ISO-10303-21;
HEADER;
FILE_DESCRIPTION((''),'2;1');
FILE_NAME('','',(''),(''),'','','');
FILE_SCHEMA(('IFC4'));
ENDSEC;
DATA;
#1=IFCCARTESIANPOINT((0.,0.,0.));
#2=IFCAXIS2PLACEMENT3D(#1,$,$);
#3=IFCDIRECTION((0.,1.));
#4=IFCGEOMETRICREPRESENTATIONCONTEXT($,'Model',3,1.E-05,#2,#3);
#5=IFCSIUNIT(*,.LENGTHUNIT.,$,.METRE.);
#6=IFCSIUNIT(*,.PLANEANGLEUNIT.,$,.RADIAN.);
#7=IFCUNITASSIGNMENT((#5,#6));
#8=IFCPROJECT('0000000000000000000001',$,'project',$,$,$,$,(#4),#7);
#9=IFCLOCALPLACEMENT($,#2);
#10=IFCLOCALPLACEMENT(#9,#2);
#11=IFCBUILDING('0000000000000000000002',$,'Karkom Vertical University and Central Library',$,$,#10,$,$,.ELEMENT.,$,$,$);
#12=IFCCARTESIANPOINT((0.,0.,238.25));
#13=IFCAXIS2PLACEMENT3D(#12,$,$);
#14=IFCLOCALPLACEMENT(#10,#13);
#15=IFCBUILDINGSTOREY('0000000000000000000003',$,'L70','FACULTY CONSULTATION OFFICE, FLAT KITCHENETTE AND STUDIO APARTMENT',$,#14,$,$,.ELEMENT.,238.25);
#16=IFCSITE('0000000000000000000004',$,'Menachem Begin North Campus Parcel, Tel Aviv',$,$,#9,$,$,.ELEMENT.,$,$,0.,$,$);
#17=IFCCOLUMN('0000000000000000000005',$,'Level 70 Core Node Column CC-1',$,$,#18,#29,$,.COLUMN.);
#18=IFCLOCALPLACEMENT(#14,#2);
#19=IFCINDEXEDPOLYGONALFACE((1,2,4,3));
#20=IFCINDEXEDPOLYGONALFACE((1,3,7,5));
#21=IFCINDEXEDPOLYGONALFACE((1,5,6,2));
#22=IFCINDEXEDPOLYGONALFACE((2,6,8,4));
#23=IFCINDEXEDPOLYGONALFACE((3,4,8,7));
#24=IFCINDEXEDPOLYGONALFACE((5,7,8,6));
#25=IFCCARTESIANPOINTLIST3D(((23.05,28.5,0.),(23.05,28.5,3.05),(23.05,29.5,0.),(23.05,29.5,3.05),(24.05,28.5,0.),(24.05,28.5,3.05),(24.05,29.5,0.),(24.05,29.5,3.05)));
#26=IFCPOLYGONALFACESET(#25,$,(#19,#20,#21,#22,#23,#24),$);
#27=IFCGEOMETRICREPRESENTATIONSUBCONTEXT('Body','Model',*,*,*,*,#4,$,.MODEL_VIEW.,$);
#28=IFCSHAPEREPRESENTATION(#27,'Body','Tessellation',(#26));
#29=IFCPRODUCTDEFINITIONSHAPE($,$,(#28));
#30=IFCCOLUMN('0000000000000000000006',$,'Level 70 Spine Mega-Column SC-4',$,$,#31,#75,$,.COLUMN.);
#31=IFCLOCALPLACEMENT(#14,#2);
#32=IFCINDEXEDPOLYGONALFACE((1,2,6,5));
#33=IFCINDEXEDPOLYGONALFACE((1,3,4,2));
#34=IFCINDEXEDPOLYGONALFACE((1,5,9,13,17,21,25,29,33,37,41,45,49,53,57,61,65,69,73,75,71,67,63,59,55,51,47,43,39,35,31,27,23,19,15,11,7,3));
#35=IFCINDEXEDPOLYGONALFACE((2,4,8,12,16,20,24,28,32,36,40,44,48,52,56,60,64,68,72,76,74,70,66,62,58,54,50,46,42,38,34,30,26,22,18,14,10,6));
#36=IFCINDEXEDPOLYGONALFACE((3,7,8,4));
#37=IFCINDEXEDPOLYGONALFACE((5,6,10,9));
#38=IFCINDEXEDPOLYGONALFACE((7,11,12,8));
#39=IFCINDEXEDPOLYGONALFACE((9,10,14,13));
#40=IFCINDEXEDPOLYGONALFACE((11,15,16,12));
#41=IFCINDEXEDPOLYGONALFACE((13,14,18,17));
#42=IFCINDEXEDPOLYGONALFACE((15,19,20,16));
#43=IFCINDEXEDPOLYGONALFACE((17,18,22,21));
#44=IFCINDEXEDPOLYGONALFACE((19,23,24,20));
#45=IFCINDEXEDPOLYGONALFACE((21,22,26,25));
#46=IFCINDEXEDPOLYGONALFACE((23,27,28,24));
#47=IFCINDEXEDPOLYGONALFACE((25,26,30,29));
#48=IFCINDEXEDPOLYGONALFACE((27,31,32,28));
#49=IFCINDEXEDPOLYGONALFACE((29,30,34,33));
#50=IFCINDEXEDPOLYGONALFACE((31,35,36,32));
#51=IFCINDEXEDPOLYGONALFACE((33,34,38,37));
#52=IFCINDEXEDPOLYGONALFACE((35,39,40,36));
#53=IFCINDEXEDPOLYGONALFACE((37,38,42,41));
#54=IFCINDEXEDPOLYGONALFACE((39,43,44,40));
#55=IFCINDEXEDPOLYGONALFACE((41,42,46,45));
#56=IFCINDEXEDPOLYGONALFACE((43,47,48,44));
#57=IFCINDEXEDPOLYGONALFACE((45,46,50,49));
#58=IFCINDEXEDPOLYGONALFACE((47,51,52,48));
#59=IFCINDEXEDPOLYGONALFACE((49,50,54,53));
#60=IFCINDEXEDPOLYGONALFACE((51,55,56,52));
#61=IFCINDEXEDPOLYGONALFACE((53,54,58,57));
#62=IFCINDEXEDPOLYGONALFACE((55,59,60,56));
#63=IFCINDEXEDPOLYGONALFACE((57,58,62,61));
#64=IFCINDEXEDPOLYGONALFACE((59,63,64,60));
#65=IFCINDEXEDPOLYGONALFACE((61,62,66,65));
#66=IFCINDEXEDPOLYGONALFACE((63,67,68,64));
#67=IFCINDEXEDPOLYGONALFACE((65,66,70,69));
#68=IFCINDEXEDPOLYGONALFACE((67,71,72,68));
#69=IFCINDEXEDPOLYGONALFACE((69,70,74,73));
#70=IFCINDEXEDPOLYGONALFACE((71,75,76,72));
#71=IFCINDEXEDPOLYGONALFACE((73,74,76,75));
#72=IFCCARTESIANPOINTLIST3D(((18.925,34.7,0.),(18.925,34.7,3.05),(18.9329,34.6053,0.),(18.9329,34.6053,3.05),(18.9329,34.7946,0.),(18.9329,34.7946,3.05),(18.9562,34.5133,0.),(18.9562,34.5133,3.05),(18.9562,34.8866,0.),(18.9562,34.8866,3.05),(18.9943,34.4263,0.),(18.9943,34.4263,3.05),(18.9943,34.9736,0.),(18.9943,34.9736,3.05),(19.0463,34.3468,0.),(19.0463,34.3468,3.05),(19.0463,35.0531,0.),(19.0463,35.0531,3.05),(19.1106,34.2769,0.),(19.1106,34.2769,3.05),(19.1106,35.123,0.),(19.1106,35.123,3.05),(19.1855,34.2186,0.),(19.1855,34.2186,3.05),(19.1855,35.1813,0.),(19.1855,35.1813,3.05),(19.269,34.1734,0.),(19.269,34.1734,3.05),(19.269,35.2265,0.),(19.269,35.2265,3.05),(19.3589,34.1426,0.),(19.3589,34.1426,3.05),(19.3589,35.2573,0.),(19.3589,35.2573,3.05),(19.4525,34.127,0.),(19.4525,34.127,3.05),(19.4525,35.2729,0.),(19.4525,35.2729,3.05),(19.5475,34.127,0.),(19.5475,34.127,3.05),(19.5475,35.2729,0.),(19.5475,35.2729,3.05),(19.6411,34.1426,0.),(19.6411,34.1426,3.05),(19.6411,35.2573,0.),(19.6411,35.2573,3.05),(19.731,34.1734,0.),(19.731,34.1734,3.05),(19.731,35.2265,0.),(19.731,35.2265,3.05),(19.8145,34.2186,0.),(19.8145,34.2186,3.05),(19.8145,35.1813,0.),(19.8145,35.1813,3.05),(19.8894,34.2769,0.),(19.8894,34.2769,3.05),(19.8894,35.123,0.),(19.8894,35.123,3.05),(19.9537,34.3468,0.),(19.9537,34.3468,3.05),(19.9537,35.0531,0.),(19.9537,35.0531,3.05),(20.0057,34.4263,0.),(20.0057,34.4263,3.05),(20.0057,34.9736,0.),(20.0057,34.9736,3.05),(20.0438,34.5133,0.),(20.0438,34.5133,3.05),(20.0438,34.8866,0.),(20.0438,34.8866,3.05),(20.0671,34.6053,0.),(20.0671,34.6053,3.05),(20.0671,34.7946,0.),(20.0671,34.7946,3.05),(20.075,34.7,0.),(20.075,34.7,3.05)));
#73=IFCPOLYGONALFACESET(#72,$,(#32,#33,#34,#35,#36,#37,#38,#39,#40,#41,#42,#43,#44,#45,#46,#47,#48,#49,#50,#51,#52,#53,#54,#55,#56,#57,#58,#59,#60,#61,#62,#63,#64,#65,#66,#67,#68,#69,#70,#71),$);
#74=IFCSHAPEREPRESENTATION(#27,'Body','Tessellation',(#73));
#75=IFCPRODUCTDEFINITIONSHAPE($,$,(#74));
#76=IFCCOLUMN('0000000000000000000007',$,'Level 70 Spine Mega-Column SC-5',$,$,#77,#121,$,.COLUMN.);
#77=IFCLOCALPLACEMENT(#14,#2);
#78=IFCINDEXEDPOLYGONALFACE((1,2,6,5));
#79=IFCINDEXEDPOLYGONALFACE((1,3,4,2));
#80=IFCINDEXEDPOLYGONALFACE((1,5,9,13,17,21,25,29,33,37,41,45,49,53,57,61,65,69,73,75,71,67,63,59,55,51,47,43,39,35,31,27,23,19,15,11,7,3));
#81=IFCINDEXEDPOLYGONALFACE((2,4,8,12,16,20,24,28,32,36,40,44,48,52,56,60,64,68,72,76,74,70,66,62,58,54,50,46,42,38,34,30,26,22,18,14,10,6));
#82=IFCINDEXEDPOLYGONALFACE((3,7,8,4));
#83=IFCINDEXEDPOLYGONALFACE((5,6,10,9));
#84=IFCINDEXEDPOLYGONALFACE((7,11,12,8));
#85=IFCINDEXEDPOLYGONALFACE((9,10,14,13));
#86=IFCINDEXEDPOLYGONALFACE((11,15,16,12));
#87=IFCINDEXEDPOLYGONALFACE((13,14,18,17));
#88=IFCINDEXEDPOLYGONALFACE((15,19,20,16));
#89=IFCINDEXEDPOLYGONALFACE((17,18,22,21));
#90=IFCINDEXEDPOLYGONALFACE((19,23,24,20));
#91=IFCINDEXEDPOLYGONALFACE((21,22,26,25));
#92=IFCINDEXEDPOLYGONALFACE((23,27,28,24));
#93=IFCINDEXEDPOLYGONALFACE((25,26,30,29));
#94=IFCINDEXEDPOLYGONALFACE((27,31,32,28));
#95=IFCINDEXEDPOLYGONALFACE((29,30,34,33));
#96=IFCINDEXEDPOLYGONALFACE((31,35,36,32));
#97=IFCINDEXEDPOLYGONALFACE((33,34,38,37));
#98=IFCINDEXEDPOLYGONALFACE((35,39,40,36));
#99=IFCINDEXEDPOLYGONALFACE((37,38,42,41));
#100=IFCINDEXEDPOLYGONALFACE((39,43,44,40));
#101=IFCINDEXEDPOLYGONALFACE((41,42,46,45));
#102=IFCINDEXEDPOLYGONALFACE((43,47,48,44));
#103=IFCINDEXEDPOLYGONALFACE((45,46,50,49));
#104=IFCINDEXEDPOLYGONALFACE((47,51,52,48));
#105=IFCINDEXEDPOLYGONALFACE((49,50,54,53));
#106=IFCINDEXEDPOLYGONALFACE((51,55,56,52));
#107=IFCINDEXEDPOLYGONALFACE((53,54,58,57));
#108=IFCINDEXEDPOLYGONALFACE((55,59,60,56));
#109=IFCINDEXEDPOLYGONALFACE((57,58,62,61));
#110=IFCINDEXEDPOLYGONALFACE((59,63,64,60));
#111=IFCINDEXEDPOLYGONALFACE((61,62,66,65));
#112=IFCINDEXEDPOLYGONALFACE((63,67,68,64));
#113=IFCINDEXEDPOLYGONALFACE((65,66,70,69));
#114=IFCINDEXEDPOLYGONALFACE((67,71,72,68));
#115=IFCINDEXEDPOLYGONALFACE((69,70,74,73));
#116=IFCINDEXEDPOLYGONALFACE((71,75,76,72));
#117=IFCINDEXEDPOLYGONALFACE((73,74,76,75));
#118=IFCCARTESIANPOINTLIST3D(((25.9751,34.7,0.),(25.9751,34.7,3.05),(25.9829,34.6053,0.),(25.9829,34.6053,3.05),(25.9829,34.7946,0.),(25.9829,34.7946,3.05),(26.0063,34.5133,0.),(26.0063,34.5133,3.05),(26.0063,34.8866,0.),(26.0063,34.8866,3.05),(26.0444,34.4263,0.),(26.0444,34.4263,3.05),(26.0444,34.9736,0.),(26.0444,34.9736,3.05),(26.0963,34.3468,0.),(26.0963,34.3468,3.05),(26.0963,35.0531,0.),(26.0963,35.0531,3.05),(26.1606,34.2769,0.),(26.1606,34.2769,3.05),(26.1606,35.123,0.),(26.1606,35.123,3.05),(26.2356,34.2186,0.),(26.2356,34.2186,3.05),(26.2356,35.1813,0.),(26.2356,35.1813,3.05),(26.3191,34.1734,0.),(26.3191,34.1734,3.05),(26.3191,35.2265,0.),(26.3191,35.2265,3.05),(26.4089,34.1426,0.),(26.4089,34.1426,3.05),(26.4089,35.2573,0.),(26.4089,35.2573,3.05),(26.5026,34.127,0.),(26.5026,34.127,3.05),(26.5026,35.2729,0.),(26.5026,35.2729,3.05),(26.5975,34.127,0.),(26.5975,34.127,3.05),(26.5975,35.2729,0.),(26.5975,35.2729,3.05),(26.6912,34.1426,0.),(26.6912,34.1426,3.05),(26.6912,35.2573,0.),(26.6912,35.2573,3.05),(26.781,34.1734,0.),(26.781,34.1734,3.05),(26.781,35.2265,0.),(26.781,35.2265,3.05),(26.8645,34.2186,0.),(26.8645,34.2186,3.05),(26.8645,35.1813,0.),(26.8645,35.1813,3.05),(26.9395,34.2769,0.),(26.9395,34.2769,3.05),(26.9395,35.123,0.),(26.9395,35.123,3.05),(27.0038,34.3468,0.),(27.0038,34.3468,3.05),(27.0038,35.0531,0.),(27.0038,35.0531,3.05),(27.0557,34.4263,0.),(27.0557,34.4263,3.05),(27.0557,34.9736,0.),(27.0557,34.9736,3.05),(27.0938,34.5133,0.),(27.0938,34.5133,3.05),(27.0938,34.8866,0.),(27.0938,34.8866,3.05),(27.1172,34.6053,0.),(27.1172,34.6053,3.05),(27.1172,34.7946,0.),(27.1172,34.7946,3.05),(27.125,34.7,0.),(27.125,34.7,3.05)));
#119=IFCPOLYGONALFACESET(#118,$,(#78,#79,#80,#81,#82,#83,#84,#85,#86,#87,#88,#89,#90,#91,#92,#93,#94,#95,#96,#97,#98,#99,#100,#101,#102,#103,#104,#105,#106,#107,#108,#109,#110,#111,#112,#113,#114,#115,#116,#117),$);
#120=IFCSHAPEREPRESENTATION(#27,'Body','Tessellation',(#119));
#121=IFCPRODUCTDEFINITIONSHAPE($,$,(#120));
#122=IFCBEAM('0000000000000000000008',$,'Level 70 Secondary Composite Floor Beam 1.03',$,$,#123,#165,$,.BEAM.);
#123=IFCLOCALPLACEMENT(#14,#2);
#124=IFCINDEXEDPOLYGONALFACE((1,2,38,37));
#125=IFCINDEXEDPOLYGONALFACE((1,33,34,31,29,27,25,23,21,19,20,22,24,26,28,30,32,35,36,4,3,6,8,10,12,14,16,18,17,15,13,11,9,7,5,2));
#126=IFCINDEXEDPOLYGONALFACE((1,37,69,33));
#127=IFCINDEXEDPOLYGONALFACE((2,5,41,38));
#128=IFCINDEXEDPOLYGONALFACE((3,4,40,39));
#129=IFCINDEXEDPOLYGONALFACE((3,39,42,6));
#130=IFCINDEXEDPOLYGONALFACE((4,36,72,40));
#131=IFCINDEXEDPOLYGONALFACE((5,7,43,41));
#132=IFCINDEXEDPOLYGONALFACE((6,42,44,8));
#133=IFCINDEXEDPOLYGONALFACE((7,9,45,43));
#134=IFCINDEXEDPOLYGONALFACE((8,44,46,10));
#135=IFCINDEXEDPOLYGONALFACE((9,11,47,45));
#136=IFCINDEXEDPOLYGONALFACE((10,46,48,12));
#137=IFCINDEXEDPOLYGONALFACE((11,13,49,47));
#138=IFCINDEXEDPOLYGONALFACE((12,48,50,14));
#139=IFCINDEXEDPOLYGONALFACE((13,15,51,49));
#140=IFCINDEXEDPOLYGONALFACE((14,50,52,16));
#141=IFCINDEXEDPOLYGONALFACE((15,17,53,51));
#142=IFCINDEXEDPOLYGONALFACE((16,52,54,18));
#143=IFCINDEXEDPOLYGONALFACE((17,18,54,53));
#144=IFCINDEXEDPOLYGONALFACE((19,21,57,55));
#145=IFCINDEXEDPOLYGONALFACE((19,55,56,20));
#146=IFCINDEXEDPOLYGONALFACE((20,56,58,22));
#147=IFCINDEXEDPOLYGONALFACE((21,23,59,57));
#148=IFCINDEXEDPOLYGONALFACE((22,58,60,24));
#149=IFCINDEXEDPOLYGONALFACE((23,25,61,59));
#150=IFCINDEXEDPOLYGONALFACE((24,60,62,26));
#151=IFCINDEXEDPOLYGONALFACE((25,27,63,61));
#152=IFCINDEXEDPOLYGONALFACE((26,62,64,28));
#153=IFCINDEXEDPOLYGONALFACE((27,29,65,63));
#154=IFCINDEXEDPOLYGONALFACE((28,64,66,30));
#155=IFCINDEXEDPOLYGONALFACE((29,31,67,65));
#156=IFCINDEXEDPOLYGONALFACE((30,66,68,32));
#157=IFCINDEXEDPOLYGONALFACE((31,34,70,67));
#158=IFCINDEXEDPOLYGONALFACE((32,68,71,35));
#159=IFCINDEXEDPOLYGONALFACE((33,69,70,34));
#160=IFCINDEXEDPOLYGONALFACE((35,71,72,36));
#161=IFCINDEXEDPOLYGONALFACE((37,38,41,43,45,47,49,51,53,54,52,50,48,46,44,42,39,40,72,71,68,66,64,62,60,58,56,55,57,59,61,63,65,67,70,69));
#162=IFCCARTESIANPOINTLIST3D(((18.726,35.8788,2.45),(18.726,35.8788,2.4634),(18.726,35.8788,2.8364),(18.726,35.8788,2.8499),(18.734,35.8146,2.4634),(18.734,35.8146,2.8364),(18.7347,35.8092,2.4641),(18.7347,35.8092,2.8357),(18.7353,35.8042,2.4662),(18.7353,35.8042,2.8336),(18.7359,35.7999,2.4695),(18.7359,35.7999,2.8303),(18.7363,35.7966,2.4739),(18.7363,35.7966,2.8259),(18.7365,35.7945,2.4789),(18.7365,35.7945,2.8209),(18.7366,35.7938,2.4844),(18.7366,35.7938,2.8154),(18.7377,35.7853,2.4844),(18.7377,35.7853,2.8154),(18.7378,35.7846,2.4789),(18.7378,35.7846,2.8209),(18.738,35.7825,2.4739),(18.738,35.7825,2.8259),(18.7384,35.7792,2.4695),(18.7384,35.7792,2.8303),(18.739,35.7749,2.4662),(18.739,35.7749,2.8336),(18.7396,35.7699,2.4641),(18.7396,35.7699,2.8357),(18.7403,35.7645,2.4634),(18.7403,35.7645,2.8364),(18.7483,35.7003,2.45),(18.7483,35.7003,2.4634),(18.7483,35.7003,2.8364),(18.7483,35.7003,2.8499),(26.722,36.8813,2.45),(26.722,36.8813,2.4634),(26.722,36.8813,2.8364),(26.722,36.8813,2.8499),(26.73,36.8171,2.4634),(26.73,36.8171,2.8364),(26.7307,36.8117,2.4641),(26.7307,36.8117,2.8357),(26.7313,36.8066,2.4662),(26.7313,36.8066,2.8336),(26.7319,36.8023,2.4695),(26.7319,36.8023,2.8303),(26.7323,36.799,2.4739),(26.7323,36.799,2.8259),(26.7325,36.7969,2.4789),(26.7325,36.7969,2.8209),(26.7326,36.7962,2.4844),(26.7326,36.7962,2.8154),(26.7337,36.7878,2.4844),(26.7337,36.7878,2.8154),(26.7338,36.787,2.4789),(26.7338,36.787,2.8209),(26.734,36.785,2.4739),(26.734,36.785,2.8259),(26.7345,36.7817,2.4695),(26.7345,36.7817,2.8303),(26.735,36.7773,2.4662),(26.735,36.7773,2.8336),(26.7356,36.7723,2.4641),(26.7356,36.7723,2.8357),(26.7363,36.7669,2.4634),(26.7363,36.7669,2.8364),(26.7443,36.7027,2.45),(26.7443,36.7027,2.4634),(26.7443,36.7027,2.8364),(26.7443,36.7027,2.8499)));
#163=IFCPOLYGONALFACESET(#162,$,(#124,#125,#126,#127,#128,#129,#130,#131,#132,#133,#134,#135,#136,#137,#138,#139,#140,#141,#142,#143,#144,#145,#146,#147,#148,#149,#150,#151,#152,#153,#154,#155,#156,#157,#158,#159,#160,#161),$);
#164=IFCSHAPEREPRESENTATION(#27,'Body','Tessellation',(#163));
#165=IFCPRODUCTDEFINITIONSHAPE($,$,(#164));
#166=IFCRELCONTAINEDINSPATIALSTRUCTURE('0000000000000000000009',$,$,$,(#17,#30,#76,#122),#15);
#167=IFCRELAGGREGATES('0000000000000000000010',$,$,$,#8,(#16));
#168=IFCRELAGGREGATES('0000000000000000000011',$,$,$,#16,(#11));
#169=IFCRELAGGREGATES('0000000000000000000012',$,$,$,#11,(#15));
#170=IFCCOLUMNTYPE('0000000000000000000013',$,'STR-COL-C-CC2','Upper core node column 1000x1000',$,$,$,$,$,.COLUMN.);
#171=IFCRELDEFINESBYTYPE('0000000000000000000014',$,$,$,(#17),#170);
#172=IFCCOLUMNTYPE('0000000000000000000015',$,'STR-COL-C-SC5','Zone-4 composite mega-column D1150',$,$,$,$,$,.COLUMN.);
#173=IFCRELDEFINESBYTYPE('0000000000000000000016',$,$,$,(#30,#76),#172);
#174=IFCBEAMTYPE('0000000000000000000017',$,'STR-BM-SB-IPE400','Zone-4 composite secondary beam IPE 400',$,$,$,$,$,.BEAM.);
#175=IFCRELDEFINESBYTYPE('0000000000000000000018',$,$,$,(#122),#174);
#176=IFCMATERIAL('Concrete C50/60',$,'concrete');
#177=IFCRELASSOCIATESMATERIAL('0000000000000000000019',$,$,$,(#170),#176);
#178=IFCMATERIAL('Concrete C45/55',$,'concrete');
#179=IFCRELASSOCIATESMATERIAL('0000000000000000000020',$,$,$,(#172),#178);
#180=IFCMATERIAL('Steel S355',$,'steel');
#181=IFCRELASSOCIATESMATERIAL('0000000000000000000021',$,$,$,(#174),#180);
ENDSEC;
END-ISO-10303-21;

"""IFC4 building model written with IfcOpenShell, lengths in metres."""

from ifc_helpers import new_model, si_unit, direction, frame, origin, origin_with_axes, origin_2d, place, context, subcontext, project, spatial, rectangle, circle, i_section, extrude, source, transform, mapped, material, material_profile, profile_set, type_object, element, save


model = new_model("IFC4")

# Units and contexts
model_context = context("Model", 3, precision=1e-05, world=origin(), true_north=direction((0.0, 1.0)))
body_context = subcontext(model_context, "Body", "Model", "MODEL_VIEW")
ifc_project = project(units=[si_unit("LENGTHUNIT", "METRE"), si_unit("PLANEANGLEUNIT", "RADIAN")], contexts=[model_context])

# Site, building, storey
site_placement = place(None, origin())
site = spatial("IfcSite", under=ifc_project, at=site_placement, Name="Menachem Begin North Campus Parcel, Tel Aviv", CompositionType="ELEMENT", RefElevation=0.0)
building_placement = place(site_placement, origin())
building = spatial("IfcBuilding", under=site, at=building_placement, Name="Karkom Vertical University and Central Library", CompositionType="ELEMENT")
storey_placement = place(building_placement, frame((0.0, 0.0, 238.25)))
storey = spatial("IfcBuildingStorey", under=building, at=storey_placement, Name="L70", Description="FACULTY CONSULTATION OFFICE, FLAT KITCHENETTE AND STUDIO APARTMENT", CompositionType="ELEMENT", Elevation=238.25)

# Columns
ifc_material_1 = material(Name="Concrete C50/60", Category="concrete")
ifc_material_profile_1 = material_profile(ifc_material_1, rectangle(XDim=1.0, YDim=1.0, at=origin_2d()), Name="RC-1000x1000")
ifc_profile_set_1 = profile_set([ifc_material_profile_1], Name="Concrete C50/60")
column_type_1 = type_object("IfcColumnType", Name="STR-COL-C-CC2", Description="Upper core node column 1000x1000", PredefinedType="COLUMN", material=ifc_profile_set_1)
shared_shape_1 = source(origin_with_axes(), body_context, "Body", "SweptSolid", [
    extrude(rectangle(XDim=1.0, YDim=1.0, at=origin_2d()), origin(), (0.0, 0.0, 1.0), 3.05),
])
column_placement = place(storey_placement, frame((23.55, 29.0, 0.0), z_axis=(0.0, 0.0, 1.0), x_axis=(1.0, 0.0, 0.0)))
element("IfcColumn", 1, at=column_placement, inside=storey, type_object=column_type_1, Name="Level 70 Core Node Column CC-1", PredefinedType="COLUMN", context=body_context, shape_type="MappedRepresentation", body=[
    mapped(shared_shape_1, transform((0.0, 0.0, 0.0), scale=1.0)),
])
ifc_material_2 = material(Name="Concrete C45/55", Category="concrete")
ifc_material_profile_2 = material_profile(ifc_material_2, circle(Radius=0.575, at=origin_2d()), Name="CFT-D1150")
ifc_profile_set_2 = profile_set([ifc_material_profile_2], Name="Concrete C45/55")
column_type_2 = type_object("IfcColumnType", Name="STR-COL-C-SC5", Description="Zone-4 composite mega-column D1150", PredefinedType="COLUMN", material=ifc_profile_set_2)
shared_shape_2 = source(origin_with_axes(), body_context, "Body", "SweptSolid", [
    extrude(circle(Radius=0.575, at=origin_2d()), origin(), (0.0, 0.0, 1.0), 3.05),
])
for number, where, z_axis, x_axis, name in (
    (2, (19.5, 34.7, 0.0), (0.0, 0.0, 1.0), (1.0, 0.0, 0.0), "Level 70 Spine Mega-Column SC-4"),
    (3, (26.55, 34.7, 0.0), (0.0, 0.0, 1.0), (1.0, 0.0, 0.0), "Level 70 Spine Mega-Column SC-5"),
):
    element("IfcColumn", number, at=place(storey_placement, frame(where, z_axis=z_axis, x_axis=x_axis)), inside=storey, type_object=column_type_2, Name=name, PredefinedType="COLUMN", context=body_context, shape_type="MappedRepresentation", body=[
        mapped(shared_shape_2, transform((0.0, 0.0, 0.0), scale=1.0)),
    ])

# Beam
ifc_material_3 = material(Name="Steel S355", Category="steel")
ifc_material_profile_3 = material_profile(ifc_material_3, i_section(OverallWidth=0.1799, OverallDepth=0.3999, WebThickness=0.0085, FlangeThickness=0.0134, FilletRadius=0.021, at=origin_2d()), Name="IPE 400")
ifc_profile_set_3 = profile_set([ifc_material_profile_3], Name="Steel S355")
beam_type_1 = type_object("IfcBeamType", Name="STR-BM-SB-IPE400", Description="Zone-4 composite secondary beam IPE 400", PredefinedType="BEAM", material=ifc_profile_set_3)
shared_shape_3 = source(origin_with_axes(), body_context, "Body", "SweptSolid", [
    extrude(i_section(OverallWidth=0.1799, OverallDepth=0.3999, WebThickness=0.0085, FlangeThickness=0.0134, FilletRadius=0.021, at=origin_2d()), origin(), (0.0, 0.0, 1.0), 8.0586),
])
beam_1_placement = place(storey_placement, frame((26.7332, 36.792, 2.6499), z_axis=(-0.992233, -0.124393, 0.0), x_axis=(0.124393, -0.992233, 0.0)))
element("IfcBeam", 4, at=beam_1_placement, inside=storey, type_object=beam_type_1, Name="Level 70 Secondary Composite Floor Beam 1.03", PredefinedType="BEAM", context=body_context, shape_type="MappedRepresentation", body=[
    mapped(shared_shape_3, transform((0.0, 0.0, 0.0), scale=1.0)),
])

save(model, "model.ifc")
